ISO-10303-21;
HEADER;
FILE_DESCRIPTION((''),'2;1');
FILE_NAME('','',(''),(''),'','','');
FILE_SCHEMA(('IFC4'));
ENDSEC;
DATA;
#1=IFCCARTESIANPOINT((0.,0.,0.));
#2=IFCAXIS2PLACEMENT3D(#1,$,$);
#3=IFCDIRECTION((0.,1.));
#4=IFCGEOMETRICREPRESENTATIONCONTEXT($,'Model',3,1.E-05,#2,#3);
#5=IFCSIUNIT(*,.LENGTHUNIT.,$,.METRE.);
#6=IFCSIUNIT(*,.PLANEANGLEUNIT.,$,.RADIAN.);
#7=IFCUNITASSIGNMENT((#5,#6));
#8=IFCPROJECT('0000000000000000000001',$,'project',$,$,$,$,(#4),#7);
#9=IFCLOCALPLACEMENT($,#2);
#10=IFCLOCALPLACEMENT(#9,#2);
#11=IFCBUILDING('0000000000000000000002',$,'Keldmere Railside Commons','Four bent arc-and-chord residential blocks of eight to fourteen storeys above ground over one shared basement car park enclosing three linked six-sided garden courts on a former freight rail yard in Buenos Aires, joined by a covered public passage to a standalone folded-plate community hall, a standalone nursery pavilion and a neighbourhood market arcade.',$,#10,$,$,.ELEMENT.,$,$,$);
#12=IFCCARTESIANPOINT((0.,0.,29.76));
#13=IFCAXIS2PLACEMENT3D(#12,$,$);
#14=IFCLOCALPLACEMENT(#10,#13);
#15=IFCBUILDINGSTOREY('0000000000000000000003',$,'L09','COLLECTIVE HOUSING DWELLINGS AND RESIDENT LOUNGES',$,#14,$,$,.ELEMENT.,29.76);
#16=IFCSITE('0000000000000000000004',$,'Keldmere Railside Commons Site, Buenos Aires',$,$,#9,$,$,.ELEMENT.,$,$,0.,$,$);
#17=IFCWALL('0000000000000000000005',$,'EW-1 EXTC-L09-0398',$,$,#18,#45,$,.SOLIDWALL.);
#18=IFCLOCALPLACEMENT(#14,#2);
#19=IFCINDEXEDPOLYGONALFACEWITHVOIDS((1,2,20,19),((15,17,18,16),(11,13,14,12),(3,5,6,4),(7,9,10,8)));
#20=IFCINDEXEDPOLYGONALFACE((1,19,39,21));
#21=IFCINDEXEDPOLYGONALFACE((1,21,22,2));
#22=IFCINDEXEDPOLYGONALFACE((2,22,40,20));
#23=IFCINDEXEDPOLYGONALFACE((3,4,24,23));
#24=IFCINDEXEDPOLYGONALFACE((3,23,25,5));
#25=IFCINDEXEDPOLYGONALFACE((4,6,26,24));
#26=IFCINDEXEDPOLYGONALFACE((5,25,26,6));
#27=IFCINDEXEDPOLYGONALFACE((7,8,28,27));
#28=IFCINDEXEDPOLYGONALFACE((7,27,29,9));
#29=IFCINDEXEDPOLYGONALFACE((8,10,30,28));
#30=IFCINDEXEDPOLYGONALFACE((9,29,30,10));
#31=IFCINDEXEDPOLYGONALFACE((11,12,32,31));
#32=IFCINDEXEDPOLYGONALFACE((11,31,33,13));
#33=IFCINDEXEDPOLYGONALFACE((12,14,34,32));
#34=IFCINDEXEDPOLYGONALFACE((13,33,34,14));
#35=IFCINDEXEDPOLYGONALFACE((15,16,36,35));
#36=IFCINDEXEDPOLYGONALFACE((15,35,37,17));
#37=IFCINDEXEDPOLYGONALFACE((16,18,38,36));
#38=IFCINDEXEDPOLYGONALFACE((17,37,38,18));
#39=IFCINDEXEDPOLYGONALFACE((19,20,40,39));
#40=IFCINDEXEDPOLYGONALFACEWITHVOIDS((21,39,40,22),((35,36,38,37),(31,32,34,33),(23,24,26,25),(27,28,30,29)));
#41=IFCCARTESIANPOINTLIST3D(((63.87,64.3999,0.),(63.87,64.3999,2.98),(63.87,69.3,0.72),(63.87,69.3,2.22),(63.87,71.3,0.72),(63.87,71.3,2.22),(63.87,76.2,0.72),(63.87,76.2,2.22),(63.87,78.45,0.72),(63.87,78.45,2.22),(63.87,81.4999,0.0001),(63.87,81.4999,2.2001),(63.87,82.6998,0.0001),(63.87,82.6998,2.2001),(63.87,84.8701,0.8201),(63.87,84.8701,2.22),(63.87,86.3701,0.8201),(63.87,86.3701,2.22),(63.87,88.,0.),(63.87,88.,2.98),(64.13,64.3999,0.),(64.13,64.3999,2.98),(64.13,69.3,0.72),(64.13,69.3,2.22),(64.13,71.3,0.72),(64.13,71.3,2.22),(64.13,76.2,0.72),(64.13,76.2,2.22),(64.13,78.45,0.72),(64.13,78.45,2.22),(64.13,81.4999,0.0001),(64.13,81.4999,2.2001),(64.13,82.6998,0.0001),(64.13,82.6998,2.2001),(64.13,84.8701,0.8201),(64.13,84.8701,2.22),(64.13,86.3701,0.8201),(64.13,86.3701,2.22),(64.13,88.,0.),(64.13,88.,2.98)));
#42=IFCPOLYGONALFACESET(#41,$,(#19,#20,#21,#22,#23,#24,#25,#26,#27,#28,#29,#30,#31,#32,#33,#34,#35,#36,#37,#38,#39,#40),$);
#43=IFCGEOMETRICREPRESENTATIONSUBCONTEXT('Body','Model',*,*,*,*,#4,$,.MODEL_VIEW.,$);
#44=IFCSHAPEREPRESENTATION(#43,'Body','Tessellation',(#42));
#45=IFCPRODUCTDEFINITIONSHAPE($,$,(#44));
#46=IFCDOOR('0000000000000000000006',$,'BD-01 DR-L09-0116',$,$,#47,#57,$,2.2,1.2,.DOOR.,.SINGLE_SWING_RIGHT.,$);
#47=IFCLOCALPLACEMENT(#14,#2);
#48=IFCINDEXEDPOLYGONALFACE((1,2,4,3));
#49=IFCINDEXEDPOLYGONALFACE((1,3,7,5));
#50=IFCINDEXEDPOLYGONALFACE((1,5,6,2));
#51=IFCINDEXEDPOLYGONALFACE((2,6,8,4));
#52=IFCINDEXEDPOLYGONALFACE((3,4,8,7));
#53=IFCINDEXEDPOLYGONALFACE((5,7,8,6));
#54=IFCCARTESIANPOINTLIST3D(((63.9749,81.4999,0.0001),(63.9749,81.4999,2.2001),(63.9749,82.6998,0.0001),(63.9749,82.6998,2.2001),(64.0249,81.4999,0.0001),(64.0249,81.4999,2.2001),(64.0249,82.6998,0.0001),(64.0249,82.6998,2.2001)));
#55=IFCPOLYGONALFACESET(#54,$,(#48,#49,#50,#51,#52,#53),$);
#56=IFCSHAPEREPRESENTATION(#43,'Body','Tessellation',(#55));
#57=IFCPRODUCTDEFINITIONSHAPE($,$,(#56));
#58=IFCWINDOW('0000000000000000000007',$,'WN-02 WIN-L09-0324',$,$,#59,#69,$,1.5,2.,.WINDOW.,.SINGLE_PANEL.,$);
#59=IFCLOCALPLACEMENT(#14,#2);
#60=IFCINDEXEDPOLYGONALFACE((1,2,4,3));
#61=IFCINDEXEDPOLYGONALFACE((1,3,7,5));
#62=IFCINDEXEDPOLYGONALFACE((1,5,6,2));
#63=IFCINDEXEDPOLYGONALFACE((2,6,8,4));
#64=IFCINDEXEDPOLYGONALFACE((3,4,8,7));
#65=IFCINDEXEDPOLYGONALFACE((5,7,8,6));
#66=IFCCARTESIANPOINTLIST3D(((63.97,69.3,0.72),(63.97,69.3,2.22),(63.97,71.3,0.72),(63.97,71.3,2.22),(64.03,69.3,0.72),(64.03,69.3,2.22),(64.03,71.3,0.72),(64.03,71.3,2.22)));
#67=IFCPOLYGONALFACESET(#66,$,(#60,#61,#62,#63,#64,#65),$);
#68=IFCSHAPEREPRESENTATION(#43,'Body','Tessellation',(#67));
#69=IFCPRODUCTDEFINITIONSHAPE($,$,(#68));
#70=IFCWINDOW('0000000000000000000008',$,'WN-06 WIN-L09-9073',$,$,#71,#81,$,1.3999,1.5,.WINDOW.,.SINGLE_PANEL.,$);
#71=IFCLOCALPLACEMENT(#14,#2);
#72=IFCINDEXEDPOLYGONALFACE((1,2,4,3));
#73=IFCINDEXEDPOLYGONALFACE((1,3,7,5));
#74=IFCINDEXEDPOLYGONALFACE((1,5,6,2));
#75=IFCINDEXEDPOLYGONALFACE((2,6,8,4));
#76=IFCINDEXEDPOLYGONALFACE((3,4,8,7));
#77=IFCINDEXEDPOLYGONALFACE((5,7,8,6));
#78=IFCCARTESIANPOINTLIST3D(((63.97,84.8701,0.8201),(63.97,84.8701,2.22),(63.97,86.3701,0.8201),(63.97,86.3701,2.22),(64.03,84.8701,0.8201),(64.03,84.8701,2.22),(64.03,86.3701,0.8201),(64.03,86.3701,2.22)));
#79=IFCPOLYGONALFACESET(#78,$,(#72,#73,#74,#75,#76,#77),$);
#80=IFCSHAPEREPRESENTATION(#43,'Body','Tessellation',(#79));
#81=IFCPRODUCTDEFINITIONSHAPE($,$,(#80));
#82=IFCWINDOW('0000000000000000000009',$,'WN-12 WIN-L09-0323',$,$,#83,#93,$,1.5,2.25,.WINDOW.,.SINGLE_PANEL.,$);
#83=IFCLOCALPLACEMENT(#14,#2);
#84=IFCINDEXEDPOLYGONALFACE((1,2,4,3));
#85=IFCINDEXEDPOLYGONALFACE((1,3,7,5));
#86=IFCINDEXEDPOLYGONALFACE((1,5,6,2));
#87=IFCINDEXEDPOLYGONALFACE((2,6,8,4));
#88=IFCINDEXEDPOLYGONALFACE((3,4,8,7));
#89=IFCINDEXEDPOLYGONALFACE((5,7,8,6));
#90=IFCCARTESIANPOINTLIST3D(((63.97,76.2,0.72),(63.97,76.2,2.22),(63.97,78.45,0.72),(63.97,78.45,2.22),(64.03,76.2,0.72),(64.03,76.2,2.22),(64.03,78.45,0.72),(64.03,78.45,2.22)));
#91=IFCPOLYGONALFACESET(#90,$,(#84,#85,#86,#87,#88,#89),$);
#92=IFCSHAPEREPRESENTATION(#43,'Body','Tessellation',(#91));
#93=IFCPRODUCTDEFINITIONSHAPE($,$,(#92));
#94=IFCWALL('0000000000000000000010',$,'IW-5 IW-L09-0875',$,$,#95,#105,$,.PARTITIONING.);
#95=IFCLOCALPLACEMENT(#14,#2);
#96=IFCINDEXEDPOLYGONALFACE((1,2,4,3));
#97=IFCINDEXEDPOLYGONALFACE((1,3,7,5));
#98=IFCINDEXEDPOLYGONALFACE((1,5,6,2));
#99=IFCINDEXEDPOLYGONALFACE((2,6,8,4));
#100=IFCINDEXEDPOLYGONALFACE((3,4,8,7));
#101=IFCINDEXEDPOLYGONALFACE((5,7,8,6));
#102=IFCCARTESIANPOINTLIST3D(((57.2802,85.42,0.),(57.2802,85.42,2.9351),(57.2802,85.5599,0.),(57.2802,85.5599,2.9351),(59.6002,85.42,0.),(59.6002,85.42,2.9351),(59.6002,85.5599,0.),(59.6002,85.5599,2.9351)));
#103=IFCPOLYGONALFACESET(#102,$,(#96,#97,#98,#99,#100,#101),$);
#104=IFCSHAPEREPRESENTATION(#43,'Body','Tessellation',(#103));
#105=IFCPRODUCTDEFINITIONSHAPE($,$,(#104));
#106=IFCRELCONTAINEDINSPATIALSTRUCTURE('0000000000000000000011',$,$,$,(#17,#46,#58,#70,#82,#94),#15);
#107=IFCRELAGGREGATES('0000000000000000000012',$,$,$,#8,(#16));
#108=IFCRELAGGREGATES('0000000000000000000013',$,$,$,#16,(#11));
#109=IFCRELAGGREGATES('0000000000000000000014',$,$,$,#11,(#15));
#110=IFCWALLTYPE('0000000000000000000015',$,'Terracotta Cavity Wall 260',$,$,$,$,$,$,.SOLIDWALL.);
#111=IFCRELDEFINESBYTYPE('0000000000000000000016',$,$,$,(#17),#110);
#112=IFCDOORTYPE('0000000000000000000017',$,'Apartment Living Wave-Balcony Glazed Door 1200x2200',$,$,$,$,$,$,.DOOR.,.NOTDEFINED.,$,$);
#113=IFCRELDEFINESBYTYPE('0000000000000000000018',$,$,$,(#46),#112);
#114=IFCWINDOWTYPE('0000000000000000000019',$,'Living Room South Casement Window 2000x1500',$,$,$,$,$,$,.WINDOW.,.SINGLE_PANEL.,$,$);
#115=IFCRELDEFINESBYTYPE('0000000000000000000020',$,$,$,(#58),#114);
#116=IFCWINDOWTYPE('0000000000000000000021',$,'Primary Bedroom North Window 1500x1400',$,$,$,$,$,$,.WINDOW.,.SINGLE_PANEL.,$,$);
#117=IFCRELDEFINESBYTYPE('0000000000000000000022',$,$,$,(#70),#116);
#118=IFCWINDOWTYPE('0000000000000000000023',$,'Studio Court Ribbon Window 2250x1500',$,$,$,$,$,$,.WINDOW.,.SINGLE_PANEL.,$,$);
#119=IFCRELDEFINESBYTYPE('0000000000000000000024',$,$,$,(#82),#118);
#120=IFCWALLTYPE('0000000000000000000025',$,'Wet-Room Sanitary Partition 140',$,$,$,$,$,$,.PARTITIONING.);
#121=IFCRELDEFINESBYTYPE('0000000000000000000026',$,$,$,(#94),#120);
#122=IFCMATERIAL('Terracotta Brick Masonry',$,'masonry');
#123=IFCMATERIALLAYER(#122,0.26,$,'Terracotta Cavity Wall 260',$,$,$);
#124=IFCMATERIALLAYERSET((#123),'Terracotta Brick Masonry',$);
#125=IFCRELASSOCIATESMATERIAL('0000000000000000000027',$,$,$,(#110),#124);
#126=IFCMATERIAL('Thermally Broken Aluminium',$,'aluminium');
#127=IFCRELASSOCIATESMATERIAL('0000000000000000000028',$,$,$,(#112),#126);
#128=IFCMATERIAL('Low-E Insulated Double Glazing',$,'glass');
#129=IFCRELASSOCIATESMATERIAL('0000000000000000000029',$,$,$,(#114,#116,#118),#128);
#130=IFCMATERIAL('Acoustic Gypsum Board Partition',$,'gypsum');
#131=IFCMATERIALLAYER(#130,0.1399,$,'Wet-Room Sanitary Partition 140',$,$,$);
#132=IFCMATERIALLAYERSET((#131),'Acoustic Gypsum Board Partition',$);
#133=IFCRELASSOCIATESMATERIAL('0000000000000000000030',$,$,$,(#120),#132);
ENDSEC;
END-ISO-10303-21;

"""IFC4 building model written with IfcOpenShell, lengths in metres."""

from ifc_helpers import new_model, si_unit, direction, frame, frame_2d, origin, place, context, subcontext, project, spatial, rectangle, extrude, material, layer, layer_set, type_object, element, fill, save


model = new_model("IFC4")

# Units and contexts
model_context = context("Model", 3, precision=1e-05, world=origin(), true_north=direction((0.0, 1.0)))
body_context = subcontext(model_context, "Body", "Model", "MODEL_VIEW")
ifc_project = project(units=[si_unit("LENGTHUNIT", "METRE"), si_unit("PLANEANGLEUNIT", "RADIAN")], contexts=[model_context])

# Site, building, storey
site_placement = place(None, origin())
site = spatial("IfcSite", under=ifc_project, at=site_placement, Name="Keldmere Railside Commons Site, Buenos Aires", CompositionType="ELEMENT", RefElevation=0.0)
building_placement = place(site_placement, origin())
building = spatial("IfcBuilding", under=site, at=building_placement, Name="Keldmere Railside Commons", Description="Four bent arc-and-chord residential blocks of eight to fourteen storeys above ground over one shared basement car park enclosing three linked six-sided garden courts on a former freight rail yard in Buenos Aires, joined by a covered public passage to a standalone folded-plate community hall, a standalone nursery pavilion and a neighbourhood market arcade.", CompositionType="ELEMENT")
storey_placement = place(building_placement, frame((0.0, 0.0, 29.76)))
storey = spatial("IfcBuildingStorey", under=building, at=storey_placement, Name="L09", Description="COLLECTIVE HOUSING DWELLINGS AND RESIDENT LOUNGES", CompositionType="ELEMENT", Elevation=29.76)

# Shared definitions
ifc_material_1 = material(Name="Thermally Broken Aluminium", Category="aluminium")

# Shared definitions
ifc_material_2 = material(Name="Acoustic Gypsum Board Partition", Category="gypsum")

# Wall, openings, door, windows
ifc_material_3 = material(Name="Terracotta Brick Masonry", Category="masonry")
ifc_layer_1 = layer(ifc_material_3, 0.26, Name="Terracotta Cavity Wall 260")
ifc_layer_set_1 = layer_set([ifc_layer_1], Name="Terracotta Brick Masonry")
wall_type_1 = type_object("IfcWallType", Name="Terracotta Cavity Wall 260", PredefinedType="SOLIDWALL", material=ifc_layer_set_1)
wall_1_placement = place(storey_placement, frame((64.0, 88.0, 0.0), z_axis=(0.0, 0.0, 1.0), x_axis=(0.0, -1.0, 0.0)))
wall_1 = element("IfcWall", 1, at=wall_1_placement, inside=storey, type_object=wall_type_1, Name="EW-1 EXTC-L09-0398", PredefinedType="SOLIDWALL", context=body_context, shape_type="SweptSolid", body=[
    extrude(rectangle(XDim=23.6001, YDim=0.26, at=frame_2d((11.8, 0.0))), origin(), (0.0, 0.0, 1.0), 2.98),
])
opening_1_placement = place(wall_1_placement, frame((5.3, 0.0, 0.0)))
opening_1 = element("IfcOpeningElement", 2, at=opening_1_placement, cuts=wall_1, PredefinedType="OPENING", context=body_context, shape_type="SweptSolid", body=[
    extrude(rectangle(XDim=1.2, YDim=2.2, at=frame_2d((0.6001, 1.1001))), frame((0.0, 0.1399, 0.0), z_axis=(0.0, -1.0, 0.0), x_axis=(1.0, 0.0, 0.0)), (0.0, 0.0, 1.0), 0.28),
])
opening_2_placement = place(wall_1_placement, frame((9.55, 0.0, 0.72)))
opening_2 = element("IfcOpeningElement", 3, at=opening_2_placement, cuts=wall_1, PredefinedType="OPENING", context=body_context, shape_type="SweptSolid", body=[
    extrude(rectangle(XDim=2.25, YDim=1.5, at=frame_2d((1.125, 0.75))), frame((0.0, 0.1399, 0.0), z_axis=(0.0, -1.0, 0.0), x_axis=(1.0, 0.0, 0.0)), (0.0, 0.0, 1.0), 0.28),
])
opening_3_placement = place(wall_1_placement, frame((16.7, 0.0, 0.72)))
opening_3 = element("IfcOpeningElement", 4, at=opening_3_placement, cuts=wall_1, PredefinedType="OPENING", context=body_context, shape_type="SweptSolid", body=[
    extrude(rectangle(XDim=2.0, YDim=1.5, at=frame_2d((1.0, 0.75))), frame((0.0, 0.1399, 0.0), z_axis=(0.0, -1.0, 0.0), x_axis=(1.0, 0.0, 0.0)), (0.0, 0.0, 1.0), 0.28),
])
opening_4_placement = place(wall_1_placement, frame((1.6299, 0.0, 0.8201)))
opening_4 = element("IfcOpeningElement", 5, at=opening_4_placement, cuts=wall_1, PredefinedType="OPENING", context=body_context, shape_type="SweptSolid", body=[
    extrude(rectangle(XDim=1.5, YDim=1.3999, at=frame_2d((0.75, 0.7))), frame((0.0, 0.1399, 0.0), z_axis=(0.0, -1.0, 0.0), x_axis=(1.0, 0.0, 0.0)), (0.0, 0.0, 1.0), 0.28),
])
door_type_1 = type_object("IfcDoorType", Name="Apartment Living Wave-Balcony Glazed Door 1200x2200", OperationType="NOTDEFINED", PredefinedType="DOOR", material=ifc_material_1)
door_1_placement = place(opening_1_placement, origin())
door_1 = element("IfcDoor", 6, at=door_1_placement, inside=storey, type_object=door_type_1, Name="BD-01 DR-L09-0116", OperationType="SINGLE_SWING_RIGHT", OverallHeight=2.2, OverallWidth=1.2, PredefinedType="DOOR", context=body_context, shape_type="SweptSolid", body=[
    extrude(rectangle(XDim=1.2, YDim=2.2, at=frame_2d((0.6001, 1.1001))), frame((0.0, 0.0249, 0.0), z_axis=(0.0, -1.0, 0.0), x_axis=(1.0, 0.0, 0.0)), (0.0, 0.0, 1.0), 0.05),
])
fill(opening_1, door_1)
ifc_material_4 = material(Name="Low-E Insulated Double Glazing", Category="glass")
window_type_1 = type_object("IfcWindowType", Name="Living Room South Casement Window 2000x1500", PartitioningType="SINGLE_PANEL", PredefinedType="WINDOW", material=ifc_material_4)
window_1_placement = place(opening_3_placement, origin())
window_1 = element("IfcWindow", 7, at=window_1_placement, inside=storey, type_object=window_type_1, Name="WN-02 WIN-L09-0324", OverallHeight=1.5, OverallWidth=2.0, PartitioningType="SINGLE_PANEL", PredefinedType="WINDOW", context=body_context, shape_type="SweptSolid", body=[
    extrude(rectangle(XDim=2.0, YDim=1.5, at=frame_2d((1.0, 0.75))), frame((0.0, 0.03, 0.0), z_axis=(0.0, -1.0, 0.0), x_axis=(1.0, 0.0, 0.0)), (0.0, 0.0, 1.0), 0.0601),
])
fill(opening_3, window_1)
window_type_2 = type_object("IfcWindowType", Name="Primary Bedroom North Window 1500x1400", PartitioningType="SINGLE_PANEL", PredefinedType="WINDOW", material=ifc_material_4)
window_2_placement = place(opening_4_placement, origin())
window_2 = element("IfcWindow", 8, at=window_2_placement, inside=storey, type_object=window_type_2, Name="WN-06 WIN-L09-9073", OverallHeight=1.3999, OverallWidth=1.5, PartitioningType="SINGLE_PANEL", PredefinedType="WINDOW", context=body_context, shape_type="SweptSolid", body=[
    extrude(rectangle(XDim=1.5, YDim=1.3999, at=frame_2d((0.75, 0.7))), frame((0.0, 0.03, 0.0), z_axis=(0.0, -1.0, 0.0), x_axis=(1.0, 0.0, 0.0)), (0.0, 0.0, 1.0), 0.0601),
])
fill(opening_4, window_2)
window_type_3 = type_object("IfcWindowType", Name="Studio Court Ribbon Window 2250x1500", PartitioningType="SINGLE_PANEL", PredefinedType="WINDOW", material=ifc_material_4)
window_3_placement = place(opening_2_placement, origin())
window_3 = element("IfcWindow", 9, at=window_3_placement, inside=storey, type_object=window_type_3, Name="WN-12 WIN-L09-0323", OverallHeight=1.5, OverallWidth=2.25, PartitioningType="SINGLE_PANEL", PredefinedType="WINDOW", context=body_context, shape_type="SweptSolid", body=[
    extrude(rectangle(XDim=2.25, YDim=1.5, at=frame_2d((1.125, 0.75))), frame((0.0, 0.03, 0.0), z_axis=(0.0, -1.0, 0.0), x_axis=(1.0, 0.0, 0.0)), (0.0, 0.0, 1.0), 0.0601),
])
fill(opening_2, window_3)

# Wall
ifc_layer_2 = layer(ifc_material_2, 0.1399, Name="Wet-Room Sanitary Partition 140")
ifc_layer_set_2 = layer_set([ifc_layer_2], Name="Acoustic Gypsum Board Partition")
wall_type_2 = type_object("IfcWallType", Name="Wet-Room Sanitary Partition 140", PredefinedType="PARTITIONING", material=ifc_layer_set_2)
wall_2_placement = place(storey_placement, frame((57.28, 85.49, 0.0), z_axis=(0.0, 0.0, 1.0), x_axis=(1.0, 0.0, 0.0)))
element("IfcWall", 10, at=wall_2_placement, inside=storey, type_object=wall_type_2, Name="IW-5 IW-L09-0875", PredefinedType="PARTITIONING", context=body_context, shape_type="SweptSolid", body=[
    extrude(rectangle(XDim=2.3201, YDim=0.1399, at=frame_2d((1.1602, 0.0))), origin(), (0.0, 0.0, 1.0), 2.9351),
])

save(model, "model.ifc")
